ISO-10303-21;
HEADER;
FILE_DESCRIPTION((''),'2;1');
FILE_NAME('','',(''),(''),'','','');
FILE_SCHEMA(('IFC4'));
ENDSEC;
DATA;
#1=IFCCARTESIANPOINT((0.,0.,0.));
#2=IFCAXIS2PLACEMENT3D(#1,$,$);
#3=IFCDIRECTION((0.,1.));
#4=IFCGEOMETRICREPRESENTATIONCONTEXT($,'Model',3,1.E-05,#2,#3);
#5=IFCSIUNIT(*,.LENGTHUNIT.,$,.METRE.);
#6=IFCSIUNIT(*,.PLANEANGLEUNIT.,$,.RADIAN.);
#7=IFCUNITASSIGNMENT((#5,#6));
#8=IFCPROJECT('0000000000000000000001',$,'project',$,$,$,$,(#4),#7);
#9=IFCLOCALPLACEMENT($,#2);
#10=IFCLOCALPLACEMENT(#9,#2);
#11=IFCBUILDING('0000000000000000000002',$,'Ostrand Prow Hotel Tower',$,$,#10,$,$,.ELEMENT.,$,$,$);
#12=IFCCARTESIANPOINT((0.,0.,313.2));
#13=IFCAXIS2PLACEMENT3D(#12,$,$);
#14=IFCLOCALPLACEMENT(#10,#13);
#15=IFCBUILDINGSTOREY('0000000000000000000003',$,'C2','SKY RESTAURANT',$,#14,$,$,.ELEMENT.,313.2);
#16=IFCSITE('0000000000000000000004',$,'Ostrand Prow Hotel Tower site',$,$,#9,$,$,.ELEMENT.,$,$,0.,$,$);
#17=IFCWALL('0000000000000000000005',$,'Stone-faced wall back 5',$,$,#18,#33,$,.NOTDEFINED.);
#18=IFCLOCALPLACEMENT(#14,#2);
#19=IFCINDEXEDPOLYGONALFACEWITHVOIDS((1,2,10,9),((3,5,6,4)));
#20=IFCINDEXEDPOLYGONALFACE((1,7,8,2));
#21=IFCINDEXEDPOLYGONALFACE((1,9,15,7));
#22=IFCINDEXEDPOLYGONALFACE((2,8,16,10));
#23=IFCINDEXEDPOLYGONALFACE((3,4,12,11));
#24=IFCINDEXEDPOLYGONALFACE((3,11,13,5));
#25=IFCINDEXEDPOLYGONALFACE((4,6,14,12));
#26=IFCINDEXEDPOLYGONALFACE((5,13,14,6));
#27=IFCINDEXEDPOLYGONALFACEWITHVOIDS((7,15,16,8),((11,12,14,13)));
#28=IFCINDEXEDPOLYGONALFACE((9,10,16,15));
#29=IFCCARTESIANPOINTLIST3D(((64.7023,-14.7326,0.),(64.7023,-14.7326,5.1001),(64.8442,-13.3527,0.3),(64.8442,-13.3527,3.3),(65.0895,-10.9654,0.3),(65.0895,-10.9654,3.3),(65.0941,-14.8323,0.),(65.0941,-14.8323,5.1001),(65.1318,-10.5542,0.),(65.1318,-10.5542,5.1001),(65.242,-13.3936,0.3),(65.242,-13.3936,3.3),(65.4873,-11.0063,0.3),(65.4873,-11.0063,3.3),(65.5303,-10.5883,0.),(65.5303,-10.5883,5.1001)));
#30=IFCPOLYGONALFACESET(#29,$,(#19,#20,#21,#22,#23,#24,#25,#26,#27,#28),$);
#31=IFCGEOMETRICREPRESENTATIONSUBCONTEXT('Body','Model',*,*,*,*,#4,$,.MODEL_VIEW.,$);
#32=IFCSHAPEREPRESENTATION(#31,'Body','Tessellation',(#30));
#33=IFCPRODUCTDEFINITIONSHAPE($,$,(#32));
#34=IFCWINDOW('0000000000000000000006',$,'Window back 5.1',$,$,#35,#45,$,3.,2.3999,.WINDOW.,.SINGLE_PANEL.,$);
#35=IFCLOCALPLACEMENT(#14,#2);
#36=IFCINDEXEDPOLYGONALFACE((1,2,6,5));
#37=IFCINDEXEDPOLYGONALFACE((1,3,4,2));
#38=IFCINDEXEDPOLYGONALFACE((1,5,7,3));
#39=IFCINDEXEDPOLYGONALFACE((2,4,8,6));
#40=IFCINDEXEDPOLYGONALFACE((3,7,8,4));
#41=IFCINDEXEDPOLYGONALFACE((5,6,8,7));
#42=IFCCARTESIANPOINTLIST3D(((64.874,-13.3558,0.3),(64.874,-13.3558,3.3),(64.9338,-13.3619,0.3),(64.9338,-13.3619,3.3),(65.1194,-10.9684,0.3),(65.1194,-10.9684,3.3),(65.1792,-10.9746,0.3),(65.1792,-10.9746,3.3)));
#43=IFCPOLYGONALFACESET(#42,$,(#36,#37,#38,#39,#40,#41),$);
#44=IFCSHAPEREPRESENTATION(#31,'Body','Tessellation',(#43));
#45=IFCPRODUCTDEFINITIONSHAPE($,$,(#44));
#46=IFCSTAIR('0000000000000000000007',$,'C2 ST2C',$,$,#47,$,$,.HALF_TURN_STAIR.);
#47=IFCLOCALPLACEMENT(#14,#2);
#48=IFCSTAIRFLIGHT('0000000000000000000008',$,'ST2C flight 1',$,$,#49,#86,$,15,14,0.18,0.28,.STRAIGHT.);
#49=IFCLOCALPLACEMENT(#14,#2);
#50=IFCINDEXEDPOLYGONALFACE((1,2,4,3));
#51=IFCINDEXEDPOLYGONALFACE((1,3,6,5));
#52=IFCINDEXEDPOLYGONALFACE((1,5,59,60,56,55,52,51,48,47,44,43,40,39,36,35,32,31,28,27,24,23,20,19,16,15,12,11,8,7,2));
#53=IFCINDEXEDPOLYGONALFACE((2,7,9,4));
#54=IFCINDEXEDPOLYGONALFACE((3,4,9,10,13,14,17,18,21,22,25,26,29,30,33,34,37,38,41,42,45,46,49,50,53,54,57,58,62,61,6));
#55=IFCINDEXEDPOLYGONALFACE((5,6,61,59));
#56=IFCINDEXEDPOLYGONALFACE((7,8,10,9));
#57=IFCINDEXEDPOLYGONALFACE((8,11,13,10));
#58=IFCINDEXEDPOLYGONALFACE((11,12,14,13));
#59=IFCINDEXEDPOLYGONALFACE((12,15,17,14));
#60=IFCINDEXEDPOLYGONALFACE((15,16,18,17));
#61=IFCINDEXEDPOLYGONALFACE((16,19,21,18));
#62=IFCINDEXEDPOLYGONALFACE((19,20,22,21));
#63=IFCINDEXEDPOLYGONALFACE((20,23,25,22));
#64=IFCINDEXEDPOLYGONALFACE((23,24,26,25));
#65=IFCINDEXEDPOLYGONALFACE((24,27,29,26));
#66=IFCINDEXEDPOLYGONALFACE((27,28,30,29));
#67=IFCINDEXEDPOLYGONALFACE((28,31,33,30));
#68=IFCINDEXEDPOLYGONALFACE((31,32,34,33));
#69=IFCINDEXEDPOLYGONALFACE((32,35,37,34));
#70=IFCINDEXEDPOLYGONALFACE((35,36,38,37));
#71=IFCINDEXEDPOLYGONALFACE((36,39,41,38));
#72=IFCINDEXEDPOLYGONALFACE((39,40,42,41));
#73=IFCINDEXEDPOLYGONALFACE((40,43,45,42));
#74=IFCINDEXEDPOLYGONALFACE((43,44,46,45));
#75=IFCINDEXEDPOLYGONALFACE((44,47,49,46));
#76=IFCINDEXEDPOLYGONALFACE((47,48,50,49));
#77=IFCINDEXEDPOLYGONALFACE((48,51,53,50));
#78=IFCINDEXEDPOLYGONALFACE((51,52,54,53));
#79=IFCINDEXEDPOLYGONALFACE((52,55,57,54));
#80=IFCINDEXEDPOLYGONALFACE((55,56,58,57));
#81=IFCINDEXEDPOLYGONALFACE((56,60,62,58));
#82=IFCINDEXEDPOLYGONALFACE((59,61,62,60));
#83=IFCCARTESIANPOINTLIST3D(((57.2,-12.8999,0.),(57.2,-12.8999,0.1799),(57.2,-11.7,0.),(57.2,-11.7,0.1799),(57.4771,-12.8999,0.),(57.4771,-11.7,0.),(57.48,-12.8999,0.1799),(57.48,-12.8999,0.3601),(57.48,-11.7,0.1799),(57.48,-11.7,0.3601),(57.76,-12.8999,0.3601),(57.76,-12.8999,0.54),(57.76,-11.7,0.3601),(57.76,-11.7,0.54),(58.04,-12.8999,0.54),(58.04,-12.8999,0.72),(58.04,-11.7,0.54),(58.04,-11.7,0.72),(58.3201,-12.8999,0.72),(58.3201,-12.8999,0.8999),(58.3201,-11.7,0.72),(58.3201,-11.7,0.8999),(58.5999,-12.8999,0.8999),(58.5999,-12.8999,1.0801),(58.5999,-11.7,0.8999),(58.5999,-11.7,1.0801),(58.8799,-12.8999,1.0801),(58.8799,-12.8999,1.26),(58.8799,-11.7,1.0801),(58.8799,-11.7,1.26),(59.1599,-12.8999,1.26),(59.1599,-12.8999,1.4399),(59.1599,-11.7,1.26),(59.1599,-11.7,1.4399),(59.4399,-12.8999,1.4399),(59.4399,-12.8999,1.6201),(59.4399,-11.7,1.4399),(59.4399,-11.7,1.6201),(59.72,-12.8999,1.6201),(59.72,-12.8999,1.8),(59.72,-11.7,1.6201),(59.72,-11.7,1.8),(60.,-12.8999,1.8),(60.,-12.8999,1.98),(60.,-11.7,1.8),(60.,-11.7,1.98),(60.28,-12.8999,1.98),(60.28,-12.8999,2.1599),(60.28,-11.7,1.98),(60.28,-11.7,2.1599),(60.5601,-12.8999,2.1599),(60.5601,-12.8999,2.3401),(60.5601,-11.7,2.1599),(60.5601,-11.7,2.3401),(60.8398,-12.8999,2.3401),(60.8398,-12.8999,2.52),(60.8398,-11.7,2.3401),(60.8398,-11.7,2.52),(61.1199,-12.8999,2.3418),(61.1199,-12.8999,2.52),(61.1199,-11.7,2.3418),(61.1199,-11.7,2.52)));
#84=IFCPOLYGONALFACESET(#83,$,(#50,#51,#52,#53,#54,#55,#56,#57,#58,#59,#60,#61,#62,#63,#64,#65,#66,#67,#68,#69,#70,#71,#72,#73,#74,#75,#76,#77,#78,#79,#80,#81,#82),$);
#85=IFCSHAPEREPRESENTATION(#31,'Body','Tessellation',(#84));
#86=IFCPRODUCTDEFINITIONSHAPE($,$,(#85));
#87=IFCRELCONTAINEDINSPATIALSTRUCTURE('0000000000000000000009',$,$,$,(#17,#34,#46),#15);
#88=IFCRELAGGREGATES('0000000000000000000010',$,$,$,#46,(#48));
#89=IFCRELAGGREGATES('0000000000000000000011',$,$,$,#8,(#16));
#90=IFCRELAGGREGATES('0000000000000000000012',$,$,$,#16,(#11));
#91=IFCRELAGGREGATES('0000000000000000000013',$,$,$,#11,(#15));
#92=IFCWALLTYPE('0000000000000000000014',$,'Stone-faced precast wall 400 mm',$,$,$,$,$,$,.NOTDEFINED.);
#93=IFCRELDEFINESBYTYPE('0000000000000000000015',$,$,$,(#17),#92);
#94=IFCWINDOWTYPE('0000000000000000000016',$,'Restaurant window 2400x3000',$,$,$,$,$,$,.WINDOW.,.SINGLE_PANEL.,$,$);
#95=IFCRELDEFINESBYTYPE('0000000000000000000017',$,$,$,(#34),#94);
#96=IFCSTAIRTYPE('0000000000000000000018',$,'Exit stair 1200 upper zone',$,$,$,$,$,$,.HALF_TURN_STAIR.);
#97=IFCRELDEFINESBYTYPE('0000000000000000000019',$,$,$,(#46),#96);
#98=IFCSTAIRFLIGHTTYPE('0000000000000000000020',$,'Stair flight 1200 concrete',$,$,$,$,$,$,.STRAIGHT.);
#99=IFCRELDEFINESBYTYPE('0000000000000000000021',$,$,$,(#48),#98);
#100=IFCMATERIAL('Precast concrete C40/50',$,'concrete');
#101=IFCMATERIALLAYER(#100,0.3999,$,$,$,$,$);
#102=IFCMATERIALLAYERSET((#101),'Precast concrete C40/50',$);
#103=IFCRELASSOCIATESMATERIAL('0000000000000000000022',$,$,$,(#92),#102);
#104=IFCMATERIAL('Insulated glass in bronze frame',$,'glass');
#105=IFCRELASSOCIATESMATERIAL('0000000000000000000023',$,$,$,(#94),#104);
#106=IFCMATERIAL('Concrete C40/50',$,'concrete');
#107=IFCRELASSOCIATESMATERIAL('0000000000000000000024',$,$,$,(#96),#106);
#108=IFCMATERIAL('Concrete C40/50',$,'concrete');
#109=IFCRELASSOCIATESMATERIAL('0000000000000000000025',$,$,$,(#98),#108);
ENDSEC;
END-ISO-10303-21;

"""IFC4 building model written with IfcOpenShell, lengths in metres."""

from ifc_helpers import new_model, si_unit, direction, frame, frame_2d, origin, place, context, subcontext, project, spatial, polyline, rectangle, outline, extrude, material, layer, layer_set, type_object, element, fill, aggregate, save


model = new_model("IFC4")

# Units and contexts
model_context = context("Model", 3, precision=1e-05, world=origin(), true_north=direction((0.0, 1.0)))
body_context = subcontext(model_context, "Body", "Model", "MODEL_VIEW")
ifc_project = project(units=[si_unit("LENGTHUNIT", "METRE"), si_unit("PLANEANGLEUNIT", "RADIAN")], contexts=[model_context])

# Site, building, storey
site_placement = place(None, origin())
site = spatial("IfcSite", under=ifc_project, at=site_placement, Name="Ostrand Prow Hotel Tower site", CompositionType="ELEMENT", RefElevation=0.0)
building_placement = place(site_placement, origin())
building = spatial("IfcBuilding", under=site, at=building_placement, Name="Ostrand Prow Hotel Tower", CompositionType="ELEMENT")
storey_placement = place(building_placement, frame((0.0, 0.0, 313.2)))
storey = spatial("IfcBuildingStorey", under=building, at=storey_placement, Name="C2", Description="SKY RESTAURANT", CompositionType="ELEMENT", Elevation=313.2)

# Shared definitions
ifc_material_1 = material(Name="Precast concrete C40/50", Category="concrete")
ifc_layer_1 = layer(ifc_material_1, 0.3999)
ifc_layer_set_1 = layer_set([ifc_layer_1], Name="Precast concrete C40/50")
wall_type_1 = type_object("IfcWallType", Name="Stone-faced precast wall 400 mm", PredefinedType="NOTDEFINED", material=ifc_layer_set_1)

# Wall, opening, window
wall_1_placement = place(storey_placement, frame((64.8982, -14.7825, 0.0), z_axis=(0.0, 0.0, 1.0), x_axis=(0.10225, 0.994759, 0.0)))
wall_1 = element("IfcWall", 1, at=wall_1_placement, inside=storey, type_object=wall_type_1, Name="Stone-faced wall back 5", PredefinedType="NOTDEFINED", context=body_context, shape_type="SweptSolid", body=[
    extrude(outline(polyline([(-0.0295, -0.2), (4.2368, -0.2), (4.23, 0.2), (0.0295, 0.2), (-0.0295, -0.2)])), origin(), (0.0, 0.0, 1.0), 5.1001),
])
opening_1_placement = place(wall_1_placement, frame((1.4167, 0.0, 0.3)))
opening_1 = element("IfcOpeningElement", 2, at=opening_1_placement, cuts=wall_1, PredefinedType="OPENING", context=body_context, shape_type="SweptSolid", body=[
    extrude(rectangle(XDim=2.3999, YDim=3.0, at=frame_2d((1.2, 1.5))), frame((0.0, 0.21, 0.0), z_axis=(0.0, -1.0, 0.0), x_axis=(1.0, 0.0, 0.0)), (0.0, 0.0, 1.0), 0.4199),
])
ifc_material_2 = material(Name="Insulated glass in bronze frame", Category="glass")
window_type = type_object("IfcWindowType", Name="Restaurant window 2400x3000", PartitioningType="SINGLE_PANEL", PredefinedType="WINDOW", material=ifc_material_2)
window_placement = place(opening_1_placement, origin())
window = element("IfcWindow", 3, at=window_placement, inside=storey, type_object=window_type, Name="Window back 5.1", OverallHeight=3.0, OverallWidth=2.3999, PartitioningType="SINGLE_PANEL", PredefinedType="WINDOW", context=body_context, shape_type="SweptSolid", body=[
    extrude(rectangle(XDim=2.3999, YDim=3.0, at=frame_2d((1.2, 1.5))), frame((0.0, 0.1699, 0.0), z_axis=(0.0, -1.0, 0.0), x_axis=(1.0, 0.0, 0.0)), (0.0, 0.0, 1.0), 0.0601),
])
fill(opening_1, window)

# Stair, stair flight
ifc_material_3 = material(Name="Concrete C40/50", Category="concrete")
stair_type = type_object("IfcStairType", Name="Exit stair 1200 upper zone", PredefinedType="HALF_TURN_STAIR", material=ifc_material_3)
stair_placement = place(storey_placement, origin())
stair = element("IfcStair", 4, at=stair_placement, inside=storey, type_object=stair_type, Name="C2 ST2C", PredefinedType="HALF_TURN_STAIR")
ifc_material_4 = material(Name="Concrete C40/50", Category="concrete")
stair_flight_type = type_object("IfcStairFlightType", Name="Stair flight 1200 concrete", PredefinedType="STRAIGHT", material=ifc_material_4)
stair_flight_placement = place(storey_placement, frame((57.2, -12.3, 0.0), z_axis=(0.0, 0.0, 1.0), x_axis=(1.0, 0.0, 0.0)))
stair_flight = element("IfcStairFlight", 5, at=stair_flight_placement, type_object=stair_flight_type, Name="ST2C flight 1", NumberOfRisers=15, NumberOfTreads=14, PredefinedType="STRAIGHT", RiserHeight=0.18, TreadLength=0.28, context=body_context, shape_type="SweptSolid", body=[
    extrude(outline(polyline([(0.0, 0.0), (0.0, 0.1799), (0.28, 0.1799), (0.28, 0.3601), (0.5601, 0.3601), (0.5601, 0.54), (0.8401, 0.54), (0.8401, 0.72), (1.1201, 0.72), (1.1201, 0.8999), (1.3999, 0.8999), (1.3999, 1.0801), (1.6799, 1.0801), (1.6799, 1.26), (1.96, 1.26), (1.96, 1.4399), (2.24, 1.4399), (2.24, 1.6201), (2.52, 1.6201), (2.52, 1.8), (2.8, 1.8), (2.8, 1.98), (3.0801, 1.98), (3.0801, 2.1599), (3.3601, 2.1599), (3.3601, 2.3401), (3.6399, 2.3401), (3.6399, 2.52), (3.9199, 2.52), (3.9199, 2.7), (3.9199, 2.3418), (0.2771, 0.0), (0.0, 0.0)])), frame((0.0, 0.6001, 0.0), z_axis=(0.0, -1.0, 0.0), x_axis=(1.0, 0.0, 0.0)), (0.0, 0.0, 1.0), 1.2),
])
aggregate(stair, [stair_flight])

save(model, "model.ifc")
